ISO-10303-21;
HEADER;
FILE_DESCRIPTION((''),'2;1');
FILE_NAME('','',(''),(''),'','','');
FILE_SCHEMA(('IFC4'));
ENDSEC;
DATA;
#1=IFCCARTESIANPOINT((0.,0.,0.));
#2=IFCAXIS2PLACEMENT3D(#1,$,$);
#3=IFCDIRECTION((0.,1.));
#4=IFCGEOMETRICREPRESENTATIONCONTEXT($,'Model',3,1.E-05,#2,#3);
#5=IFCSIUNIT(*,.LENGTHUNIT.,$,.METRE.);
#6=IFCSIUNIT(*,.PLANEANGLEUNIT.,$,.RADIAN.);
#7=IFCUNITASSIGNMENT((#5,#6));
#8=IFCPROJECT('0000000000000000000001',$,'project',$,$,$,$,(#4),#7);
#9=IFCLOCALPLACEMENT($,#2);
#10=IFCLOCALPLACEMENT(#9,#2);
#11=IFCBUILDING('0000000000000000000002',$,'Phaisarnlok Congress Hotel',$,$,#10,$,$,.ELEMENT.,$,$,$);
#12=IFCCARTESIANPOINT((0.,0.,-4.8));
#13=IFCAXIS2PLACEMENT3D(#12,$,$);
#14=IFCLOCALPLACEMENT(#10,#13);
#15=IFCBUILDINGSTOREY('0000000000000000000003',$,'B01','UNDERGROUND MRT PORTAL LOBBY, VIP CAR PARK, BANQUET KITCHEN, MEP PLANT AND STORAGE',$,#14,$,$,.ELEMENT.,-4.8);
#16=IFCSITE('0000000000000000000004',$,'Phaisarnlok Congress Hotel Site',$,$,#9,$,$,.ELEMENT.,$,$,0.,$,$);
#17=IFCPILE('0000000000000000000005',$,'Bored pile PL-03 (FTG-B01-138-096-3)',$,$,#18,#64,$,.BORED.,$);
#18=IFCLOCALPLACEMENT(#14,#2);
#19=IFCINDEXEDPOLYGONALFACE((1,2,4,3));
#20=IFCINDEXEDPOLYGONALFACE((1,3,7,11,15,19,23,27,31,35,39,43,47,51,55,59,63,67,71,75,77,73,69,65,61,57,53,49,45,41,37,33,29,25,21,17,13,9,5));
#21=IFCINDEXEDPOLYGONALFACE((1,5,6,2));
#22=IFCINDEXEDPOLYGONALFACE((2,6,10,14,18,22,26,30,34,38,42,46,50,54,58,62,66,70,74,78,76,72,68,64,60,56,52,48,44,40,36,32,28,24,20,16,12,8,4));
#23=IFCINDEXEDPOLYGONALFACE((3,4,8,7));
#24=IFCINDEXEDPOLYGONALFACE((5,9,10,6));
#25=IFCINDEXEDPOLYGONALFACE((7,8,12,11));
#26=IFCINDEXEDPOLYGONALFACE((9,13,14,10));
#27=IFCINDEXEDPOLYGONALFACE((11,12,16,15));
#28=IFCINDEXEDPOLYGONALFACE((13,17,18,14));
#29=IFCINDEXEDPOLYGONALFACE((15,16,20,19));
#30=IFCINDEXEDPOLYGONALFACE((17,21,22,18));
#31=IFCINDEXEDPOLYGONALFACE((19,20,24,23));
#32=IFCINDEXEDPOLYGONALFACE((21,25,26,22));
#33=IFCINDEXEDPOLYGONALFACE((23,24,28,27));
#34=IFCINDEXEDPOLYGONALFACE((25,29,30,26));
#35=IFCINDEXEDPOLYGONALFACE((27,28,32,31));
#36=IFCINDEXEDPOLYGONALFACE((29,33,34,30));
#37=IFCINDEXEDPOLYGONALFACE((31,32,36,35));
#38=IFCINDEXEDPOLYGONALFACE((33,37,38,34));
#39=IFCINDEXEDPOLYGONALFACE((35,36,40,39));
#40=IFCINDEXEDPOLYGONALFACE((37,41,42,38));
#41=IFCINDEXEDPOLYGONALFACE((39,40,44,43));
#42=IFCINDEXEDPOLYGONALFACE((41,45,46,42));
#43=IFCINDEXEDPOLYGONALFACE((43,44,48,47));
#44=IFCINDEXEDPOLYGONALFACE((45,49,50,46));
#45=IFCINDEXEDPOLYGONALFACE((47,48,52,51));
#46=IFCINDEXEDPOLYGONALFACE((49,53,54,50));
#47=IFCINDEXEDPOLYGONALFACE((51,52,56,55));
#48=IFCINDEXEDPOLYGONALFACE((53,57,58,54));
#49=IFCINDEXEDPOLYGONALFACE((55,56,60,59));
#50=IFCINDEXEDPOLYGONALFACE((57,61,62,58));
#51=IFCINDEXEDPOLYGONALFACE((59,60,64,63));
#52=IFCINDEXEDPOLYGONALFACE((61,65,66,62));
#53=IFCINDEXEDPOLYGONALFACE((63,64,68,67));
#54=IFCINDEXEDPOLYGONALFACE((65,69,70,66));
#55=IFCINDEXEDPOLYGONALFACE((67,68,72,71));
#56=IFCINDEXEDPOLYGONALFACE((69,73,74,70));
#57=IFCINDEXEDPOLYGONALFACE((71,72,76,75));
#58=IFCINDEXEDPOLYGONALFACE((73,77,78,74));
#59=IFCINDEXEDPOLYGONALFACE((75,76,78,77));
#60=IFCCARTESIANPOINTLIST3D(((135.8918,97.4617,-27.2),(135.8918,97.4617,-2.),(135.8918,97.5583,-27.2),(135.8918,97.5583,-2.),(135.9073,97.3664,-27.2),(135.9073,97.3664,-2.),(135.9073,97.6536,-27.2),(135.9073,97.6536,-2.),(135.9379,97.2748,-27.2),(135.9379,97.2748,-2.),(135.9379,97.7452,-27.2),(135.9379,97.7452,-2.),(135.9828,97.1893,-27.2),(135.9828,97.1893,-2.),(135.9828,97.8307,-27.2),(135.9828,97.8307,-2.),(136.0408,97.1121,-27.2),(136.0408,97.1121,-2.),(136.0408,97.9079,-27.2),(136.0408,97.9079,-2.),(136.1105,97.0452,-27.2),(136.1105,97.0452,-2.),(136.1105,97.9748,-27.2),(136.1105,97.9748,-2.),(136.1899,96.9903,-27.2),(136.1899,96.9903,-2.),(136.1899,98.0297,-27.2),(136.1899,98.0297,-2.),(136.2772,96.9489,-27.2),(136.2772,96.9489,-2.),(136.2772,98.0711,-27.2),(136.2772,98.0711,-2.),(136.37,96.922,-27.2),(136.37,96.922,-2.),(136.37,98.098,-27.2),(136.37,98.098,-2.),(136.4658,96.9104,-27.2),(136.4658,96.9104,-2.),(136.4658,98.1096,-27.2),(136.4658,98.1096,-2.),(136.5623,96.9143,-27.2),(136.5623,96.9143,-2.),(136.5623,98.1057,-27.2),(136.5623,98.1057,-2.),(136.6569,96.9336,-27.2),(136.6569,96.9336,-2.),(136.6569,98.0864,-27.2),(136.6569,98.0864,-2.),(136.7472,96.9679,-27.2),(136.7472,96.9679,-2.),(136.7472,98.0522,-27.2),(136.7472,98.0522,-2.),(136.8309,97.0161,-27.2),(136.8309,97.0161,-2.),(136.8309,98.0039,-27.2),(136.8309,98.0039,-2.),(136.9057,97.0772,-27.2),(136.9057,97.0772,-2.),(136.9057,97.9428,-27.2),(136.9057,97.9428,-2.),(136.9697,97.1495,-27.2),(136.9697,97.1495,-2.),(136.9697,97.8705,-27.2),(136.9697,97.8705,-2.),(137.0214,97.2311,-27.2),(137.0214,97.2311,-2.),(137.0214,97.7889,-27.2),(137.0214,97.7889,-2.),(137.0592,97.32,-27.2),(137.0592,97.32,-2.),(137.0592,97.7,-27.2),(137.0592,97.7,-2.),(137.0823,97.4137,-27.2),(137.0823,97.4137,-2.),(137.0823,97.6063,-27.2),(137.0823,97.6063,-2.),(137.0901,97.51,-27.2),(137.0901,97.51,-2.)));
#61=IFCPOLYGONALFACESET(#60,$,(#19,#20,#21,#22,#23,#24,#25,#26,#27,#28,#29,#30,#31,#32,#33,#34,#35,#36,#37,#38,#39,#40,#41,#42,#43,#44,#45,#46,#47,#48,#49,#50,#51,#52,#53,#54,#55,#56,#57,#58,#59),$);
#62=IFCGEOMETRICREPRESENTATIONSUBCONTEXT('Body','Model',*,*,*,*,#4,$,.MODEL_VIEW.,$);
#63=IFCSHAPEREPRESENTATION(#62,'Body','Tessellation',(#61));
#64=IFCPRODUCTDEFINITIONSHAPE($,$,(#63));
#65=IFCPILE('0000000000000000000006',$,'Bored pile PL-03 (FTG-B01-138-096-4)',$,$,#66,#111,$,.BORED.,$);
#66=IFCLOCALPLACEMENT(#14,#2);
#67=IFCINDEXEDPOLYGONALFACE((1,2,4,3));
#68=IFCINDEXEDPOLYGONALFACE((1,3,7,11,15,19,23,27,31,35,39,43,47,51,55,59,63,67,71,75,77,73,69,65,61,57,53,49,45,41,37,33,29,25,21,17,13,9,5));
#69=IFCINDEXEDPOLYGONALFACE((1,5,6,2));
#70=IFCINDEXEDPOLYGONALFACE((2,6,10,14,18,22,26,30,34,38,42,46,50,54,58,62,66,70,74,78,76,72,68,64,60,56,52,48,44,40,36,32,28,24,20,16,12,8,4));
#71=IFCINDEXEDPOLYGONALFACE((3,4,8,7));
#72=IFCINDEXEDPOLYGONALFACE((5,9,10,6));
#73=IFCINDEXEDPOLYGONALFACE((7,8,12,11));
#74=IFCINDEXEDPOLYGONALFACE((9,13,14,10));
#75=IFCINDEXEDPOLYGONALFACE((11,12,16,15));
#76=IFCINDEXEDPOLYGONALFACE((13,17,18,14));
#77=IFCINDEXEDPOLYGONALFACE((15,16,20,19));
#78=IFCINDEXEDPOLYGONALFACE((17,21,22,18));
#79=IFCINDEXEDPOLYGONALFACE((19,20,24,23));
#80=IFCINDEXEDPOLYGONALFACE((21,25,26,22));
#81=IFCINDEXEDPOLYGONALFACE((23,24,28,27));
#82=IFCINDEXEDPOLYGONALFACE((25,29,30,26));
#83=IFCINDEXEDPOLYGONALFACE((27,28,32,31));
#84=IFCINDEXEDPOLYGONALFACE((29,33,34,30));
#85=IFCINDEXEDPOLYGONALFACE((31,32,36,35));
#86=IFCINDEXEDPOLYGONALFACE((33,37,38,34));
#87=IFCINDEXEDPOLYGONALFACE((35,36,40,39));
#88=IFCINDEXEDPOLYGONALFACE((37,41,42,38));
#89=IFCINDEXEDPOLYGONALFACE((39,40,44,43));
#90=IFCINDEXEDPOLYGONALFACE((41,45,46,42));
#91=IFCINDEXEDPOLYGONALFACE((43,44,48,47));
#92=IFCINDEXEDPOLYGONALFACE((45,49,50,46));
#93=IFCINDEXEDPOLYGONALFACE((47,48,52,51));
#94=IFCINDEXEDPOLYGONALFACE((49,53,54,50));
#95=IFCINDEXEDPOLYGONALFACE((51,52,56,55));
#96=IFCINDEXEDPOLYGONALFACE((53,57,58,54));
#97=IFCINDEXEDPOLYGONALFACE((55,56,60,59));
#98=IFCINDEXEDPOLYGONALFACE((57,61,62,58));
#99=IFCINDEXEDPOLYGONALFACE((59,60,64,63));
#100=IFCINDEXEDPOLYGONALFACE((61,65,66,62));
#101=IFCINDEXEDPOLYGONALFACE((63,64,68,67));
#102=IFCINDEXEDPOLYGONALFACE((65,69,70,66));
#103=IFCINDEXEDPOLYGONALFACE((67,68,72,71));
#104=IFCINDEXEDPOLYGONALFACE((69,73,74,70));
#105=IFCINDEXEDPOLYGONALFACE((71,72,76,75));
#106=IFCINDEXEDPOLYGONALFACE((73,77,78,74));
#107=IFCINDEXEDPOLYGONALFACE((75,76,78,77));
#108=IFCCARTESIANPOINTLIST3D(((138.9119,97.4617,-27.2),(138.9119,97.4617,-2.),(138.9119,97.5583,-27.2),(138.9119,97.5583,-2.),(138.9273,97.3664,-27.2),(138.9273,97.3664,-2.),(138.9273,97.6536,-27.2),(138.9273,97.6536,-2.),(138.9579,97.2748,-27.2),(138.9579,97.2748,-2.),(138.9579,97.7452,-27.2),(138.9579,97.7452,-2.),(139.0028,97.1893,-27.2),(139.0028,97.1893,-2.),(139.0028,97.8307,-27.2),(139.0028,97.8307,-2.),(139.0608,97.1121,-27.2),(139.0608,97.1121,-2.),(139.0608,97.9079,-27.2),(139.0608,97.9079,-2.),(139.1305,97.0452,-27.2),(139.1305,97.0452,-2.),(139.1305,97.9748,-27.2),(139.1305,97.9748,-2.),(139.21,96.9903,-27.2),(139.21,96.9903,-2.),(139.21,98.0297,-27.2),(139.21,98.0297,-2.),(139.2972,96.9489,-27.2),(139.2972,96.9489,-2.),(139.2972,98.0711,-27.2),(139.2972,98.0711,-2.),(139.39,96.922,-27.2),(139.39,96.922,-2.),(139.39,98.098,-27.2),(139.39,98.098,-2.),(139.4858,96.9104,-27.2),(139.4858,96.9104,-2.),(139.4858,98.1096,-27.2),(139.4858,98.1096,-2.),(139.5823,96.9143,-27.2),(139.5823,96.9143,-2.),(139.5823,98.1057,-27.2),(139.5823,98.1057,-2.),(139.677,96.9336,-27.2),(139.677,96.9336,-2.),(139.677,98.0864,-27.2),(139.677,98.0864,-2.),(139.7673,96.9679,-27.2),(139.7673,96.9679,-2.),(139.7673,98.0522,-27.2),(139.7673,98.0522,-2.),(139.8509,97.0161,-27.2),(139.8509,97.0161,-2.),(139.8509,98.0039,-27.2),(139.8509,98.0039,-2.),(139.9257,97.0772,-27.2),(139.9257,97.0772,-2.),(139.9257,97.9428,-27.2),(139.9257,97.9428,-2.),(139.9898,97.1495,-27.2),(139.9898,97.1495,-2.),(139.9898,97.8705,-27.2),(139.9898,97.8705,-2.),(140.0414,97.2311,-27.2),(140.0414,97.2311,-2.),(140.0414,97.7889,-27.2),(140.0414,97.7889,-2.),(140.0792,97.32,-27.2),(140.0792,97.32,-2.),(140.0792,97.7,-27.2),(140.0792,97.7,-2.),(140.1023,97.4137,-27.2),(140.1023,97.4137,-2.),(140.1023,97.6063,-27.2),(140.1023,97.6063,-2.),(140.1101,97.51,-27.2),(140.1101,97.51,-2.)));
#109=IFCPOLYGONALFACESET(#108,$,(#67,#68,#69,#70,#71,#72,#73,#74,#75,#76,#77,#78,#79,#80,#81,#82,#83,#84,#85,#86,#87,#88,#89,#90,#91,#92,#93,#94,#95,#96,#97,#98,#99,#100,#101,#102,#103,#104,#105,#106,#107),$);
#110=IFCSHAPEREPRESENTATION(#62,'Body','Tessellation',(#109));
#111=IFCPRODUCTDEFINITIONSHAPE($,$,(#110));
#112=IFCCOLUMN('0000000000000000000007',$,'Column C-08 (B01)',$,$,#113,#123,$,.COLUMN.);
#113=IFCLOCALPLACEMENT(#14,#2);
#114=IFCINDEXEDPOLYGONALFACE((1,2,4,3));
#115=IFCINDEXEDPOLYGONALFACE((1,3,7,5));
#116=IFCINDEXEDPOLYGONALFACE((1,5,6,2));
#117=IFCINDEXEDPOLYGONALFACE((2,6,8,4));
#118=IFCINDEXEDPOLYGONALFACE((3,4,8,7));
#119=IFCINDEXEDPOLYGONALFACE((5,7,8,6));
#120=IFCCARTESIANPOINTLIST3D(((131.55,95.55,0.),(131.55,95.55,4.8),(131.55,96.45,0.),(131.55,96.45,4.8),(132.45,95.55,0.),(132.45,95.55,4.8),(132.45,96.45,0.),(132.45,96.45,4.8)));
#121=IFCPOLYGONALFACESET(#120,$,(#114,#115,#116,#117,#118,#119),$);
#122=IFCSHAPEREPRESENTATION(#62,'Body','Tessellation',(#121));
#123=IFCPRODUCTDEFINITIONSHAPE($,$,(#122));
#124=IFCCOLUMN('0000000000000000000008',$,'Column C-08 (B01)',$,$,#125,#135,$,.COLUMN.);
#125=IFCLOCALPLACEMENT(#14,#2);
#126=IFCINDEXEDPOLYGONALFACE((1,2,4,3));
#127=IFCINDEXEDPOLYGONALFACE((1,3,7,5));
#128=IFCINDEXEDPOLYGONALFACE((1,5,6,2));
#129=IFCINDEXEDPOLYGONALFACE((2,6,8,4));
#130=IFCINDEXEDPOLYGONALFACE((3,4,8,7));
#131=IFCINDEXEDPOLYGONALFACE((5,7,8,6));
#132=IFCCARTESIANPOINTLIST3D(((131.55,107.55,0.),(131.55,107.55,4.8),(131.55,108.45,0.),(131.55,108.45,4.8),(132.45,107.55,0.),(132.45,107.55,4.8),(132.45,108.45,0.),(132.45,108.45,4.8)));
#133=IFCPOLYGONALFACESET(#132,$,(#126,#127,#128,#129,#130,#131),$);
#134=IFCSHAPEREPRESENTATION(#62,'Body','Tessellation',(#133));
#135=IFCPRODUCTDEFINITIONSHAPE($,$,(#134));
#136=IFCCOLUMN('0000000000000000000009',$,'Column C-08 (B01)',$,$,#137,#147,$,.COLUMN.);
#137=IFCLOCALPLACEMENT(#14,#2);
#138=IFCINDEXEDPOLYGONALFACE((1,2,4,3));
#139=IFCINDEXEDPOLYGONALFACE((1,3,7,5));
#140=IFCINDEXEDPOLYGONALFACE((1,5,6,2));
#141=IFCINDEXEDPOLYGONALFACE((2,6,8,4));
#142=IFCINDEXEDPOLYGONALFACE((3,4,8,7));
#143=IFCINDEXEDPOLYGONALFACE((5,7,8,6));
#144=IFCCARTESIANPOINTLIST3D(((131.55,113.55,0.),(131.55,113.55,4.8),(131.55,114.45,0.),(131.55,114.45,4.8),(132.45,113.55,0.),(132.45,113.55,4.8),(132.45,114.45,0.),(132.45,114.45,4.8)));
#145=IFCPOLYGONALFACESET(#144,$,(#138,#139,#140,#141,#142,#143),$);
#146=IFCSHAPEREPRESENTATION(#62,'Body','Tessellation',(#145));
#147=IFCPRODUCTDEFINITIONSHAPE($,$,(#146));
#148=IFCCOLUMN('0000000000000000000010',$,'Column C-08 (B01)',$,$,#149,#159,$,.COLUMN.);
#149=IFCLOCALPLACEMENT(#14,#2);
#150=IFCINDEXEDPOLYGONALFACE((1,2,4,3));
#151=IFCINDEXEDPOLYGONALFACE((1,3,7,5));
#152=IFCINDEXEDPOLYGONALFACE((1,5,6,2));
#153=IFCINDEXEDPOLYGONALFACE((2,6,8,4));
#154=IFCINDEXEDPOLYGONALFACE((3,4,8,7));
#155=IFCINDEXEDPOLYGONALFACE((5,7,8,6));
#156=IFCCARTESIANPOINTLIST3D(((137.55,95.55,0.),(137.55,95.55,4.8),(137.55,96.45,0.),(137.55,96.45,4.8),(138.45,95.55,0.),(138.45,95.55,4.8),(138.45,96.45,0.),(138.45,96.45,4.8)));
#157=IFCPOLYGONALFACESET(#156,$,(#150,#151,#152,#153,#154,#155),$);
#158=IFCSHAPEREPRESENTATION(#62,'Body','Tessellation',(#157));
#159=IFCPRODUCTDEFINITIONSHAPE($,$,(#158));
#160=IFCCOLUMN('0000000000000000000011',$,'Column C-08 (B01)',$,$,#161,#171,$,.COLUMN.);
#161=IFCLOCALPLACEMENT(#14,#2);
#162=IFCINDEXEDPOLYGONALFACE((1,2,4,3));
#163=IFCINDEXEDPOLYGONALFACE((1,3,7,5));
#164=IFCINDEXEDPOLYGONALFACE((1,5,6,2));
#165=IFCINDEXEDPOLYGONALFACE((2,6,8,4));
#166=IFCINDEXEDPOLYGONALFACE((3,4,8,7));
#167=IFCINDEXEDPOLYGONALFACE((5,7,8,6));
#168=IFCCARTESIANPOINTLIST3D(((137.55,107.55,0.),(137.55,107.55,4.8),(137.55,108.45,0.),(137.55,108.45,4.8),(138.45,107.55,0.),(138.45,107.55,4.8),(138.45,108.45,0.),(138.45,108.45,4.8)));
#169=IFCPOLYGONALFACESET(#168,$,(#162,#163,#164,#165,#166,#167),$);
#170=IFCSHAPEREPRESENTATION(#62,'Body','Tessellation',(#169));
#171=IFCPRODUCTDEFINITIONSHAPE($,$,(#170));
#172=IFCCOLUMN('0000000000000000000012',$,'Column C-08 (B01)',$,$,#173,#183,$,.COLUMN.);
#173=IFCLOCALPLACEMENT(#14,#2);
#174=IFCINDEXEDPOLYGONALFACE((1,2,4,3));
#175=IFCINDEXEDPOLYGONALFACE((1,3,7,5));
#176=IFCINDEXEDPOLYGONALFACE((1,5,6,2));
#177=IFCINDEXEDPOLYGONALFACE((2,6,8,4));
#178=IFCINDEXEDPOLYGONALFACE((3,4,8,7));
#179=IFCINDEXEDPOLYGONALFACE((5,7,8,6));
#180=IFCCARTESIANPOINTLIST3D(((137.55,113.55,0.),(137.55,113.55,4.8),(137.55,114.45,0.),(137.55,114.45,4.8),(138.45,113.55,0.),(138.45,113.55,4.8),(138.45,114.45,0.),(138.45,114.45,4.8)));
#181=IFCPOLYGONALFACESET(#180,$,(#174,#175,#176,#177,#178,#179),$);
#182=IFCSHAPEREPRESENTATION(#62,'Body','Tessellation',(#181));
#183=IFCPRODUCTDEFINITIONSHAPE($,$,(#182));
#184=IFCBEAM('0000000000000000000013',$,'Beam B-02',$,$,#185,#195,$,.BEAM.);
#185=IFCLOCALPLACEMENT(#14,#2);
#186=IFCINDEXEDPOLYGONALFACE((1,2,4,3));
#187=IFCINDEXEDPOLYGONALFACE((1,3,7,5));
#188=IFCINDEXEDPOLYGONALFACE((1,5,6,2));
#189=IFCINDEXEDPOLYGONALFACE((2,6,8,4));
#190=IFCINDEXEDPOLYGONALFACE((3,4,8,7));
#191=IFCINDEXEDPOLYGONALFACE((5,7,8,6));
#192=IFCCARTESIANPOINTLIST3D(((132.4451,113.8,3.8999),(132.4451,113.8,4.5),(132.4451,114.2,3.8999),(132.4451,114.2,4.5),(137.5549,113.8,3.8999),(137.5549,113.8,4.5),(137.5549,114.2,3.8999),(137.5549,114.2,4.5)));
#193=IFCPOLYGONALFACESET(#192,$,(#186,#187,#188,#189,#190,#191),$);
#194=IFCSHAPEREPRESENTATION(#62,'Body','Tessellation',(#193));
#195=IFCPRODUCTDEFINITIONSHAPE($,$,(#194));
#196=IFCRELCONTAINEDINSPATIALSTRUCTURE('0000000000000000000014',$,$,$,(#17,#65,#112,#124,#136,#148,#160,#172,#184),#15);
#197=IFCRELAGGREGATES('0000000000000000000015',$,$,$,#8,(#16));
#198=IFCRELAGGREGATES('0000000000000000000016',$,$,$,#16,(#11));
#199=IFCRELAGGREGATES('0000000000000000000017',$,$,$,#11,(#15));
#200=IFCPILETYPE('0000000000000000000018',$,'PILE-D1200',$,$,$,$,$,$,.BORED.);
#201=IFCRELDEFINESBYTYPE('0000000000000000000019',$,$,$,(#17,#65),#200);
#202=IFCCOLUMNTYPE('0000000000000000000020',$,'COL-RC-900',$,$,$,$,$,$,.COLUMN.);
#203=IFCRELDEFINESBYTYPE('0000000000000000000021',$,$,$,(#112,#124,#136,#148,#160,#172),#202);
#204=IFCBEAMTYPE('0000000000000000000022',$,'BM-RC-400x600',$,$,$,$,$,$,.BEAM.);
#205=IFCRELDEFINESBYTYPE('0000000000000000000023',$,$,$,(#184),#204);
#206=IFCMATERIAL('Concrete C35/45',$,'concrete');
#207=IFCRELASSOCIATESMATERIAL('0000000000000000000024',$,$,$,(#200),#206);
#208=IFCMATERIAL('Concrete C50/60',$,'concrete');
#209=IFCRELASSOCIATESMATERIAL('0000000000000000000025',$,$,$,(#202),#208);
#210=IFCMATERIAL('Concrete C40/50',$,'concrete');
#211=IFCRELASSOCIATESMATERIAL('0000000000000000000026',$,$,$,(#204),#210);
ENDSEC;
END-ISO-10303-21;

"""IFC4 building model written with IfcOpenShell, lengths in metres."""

from ifc_helpers import new_model, si_unit, direction, frame, origin, origin_2d, place, context, subcontext, project, spatial, rectangle, circle, extrude, material, material_profile, profile_set, type_object, element, save


model = new_model("IFC4")

# Units and contexts
model_context = context("Model", 3, precision=1e-05, world=origin(), true_north=direction((0.0, 1.0)))
body_context = subcontext(model_context, "Body", "Model", "MODEL_VIEW")
ifc_project = project(units=[si_unit("LENGTHUNIT", "METRE"), si_unit("PLANEANGLEUNIT", "RADIAN")], contexts=[model_context])

# Site, building, storey
site_placement = place(None, origin())
site = spatial("IfcSite", under=ifc_project, at=site_placement, Name="Phaisarnlok Congress Hotel Site", CompositionType="ELEMENT", RefElevation=0.0)
building_placement = place(site_placement, origin())
building = spatial("IfcBuilding", under=site, at=building_placement, Name="Phaisarnlok Congress Hotel", CompositionType="ELEMENT")
storey_placement = place(building_placement, frame((0.0, 0.0, -4.8)))
storey = spatial("IfcBuildingStorey", under=building, at=storey_placement, Name="B01", Description="UNDERGROUND MRT PORTAL LOBBY, VIP CAR PARK, BANQUET KITCHEN, MEP PLANT AND STORAGE", CompositionType="ELEMENT", Elevation=-4.8)

# Shared definitions
ifc_material_1 = material(Name="Concrete C40/50", Category="concrete")

# Piles
ifc_material_2 = material(Name="Concrete C35/45", Category="concrete")
ifc_material_profile_1 = material_profile(ifc_material_2, circle(Radius=0.6001, at=origin_2d()), Name="BORED PILE D1200")
ifc_profile_set_1 = profile_set([ifc_material_profile_1], Name="Concrete C35/45")
pile_type_1 = type_object("IfcPileType", Name="PILE-D1200", PredefinedType="BORED", material=ifc_profile_set_1)
for number, where, z_axis, x_axis, name in (
    (1, (136.49, 97.51, -2.0), (0.0, 0.0, -1.0), (1.0, 0.0, 0.0), "Bored pile PL-03 (FTG-B01-138-096-3)"),
    (2, (139.51, 97.51, -2.0), (0.0, 0.0, -1.0), (1.0, 0.0, 0.0), "Bored pile PL-03 (FTG-B01-138-096-4)"),
):
    element("IfcPile", number, at=place(storey_placement, frame(where, z_axis=z_axis, x_axis=x_axis)), inside=storey, type_object=pile_type_1, Name=name, PredefinedType="BORED", context=body_context, shape_type="SweptSolid", body=[
        extrude(circle(Radius=0.6001, at=origin_2d()), origin(), (0.0, 0.0, 1.0), 25.2),
    ])

# Columns
ifc_material_3 = material(Name="Concrete C50/60", Category="concrete")
ifc_material_profile_2 = material_profile(ifc_material_3, rectangle(XDim=0.8999, YDim=0.8999, at=origin_2d()), Name="RC 900x900")
ifc_profile_set_2 = profile_set([ifc_material_profile_2], Name="Concrete C50/60")
column_type = type_object("IfcColumnType", Name="COL-RC-900", PredefinedType="COLUMN", material=ifc_profile_set_2)
for number, where, z_axis, x_axis, name in (
    (3, (132.0, 96.0, 0.0), (0.0, 0.0, 1.0), (1.0, 0.0, 0.0), "Column C-08 (B01)"),
    (4, (132.0, 108.0, 0.0), (0.0, 0.0, 1.0), (1.0, 0.0, 0.0), "Column C-08 (B01)"),
    (5, (132.0, 114.0, 0.0), (0.0, 0.0, 1.0), (1.0, 0.0, 0.0), "Column C-08 (B01)"),
    (6, (138.0, 96.0, 0.0), (0.0, 0.0, 1.0), (1.0, 0.0, 0.0), "Column C-08 (B01)"),
    (7, (138.0, 108.0, 0.0), (0.0, 0.0, 1.0), (1.0, 0.0, 0.0), "Column C-08 (B01)"),
    (8, (138.0, 114.0, 0.0), (0.0, 0.0, 1.0), (1.0, 0.0, 0.0), "Column C-08 (B01)"),
):
    element("IfcColumn", number, at=place(storey_placement, frame(where, z_axis=z_axis, x_axis=x_axis)), inside=storey, type_object=column_type, Name=name, PredefinedType="COLUMN", context=body_context, shape_type="SweptSolid", body=[
        extrude(rectangle(XDim=0.8999, YDim=0.8999, at=origin_2d()), origin(), (0.0, 0.0, 1.0), 4.8),
    ])

# Beam
ifc_material_profile_3 = material_profile(ifc_material_1, rectangle(XDim=0.3999, YDim=0.6001, at=origin_2d()), Name="RC 400x600")
ifc_profile_set_3 = profile_set([ifc_material_profile_3], Name="Concrete C40/50")
beam_type_1 = type_object("IfcBeamType", Name="BM-RC-400x600", PredefinedType="BEAM", material=ifc_profile_set_3)
beam_1_placement = place(storey_placement, frame((132.4451, 114.0, 4.2), z_axis=(1.0, 0.0, 0.0), x_axis=(0.0, 1.0, 0.0)))
element("IfcBeam", 9, at=beam_1_placement, inside=storey, type_object=beam_type_1, Name="Beam B-02", PredefinedType="BEAM", context=body_context, shape_type="SweptSolid", body=[
    extrude(rectangle(XDim=0.3999, YDim=0.6001, at=origin_2d()), origin(), (0.0, 0.0, 1.0), 5.1099),
])

save(model, "model.ifc")
